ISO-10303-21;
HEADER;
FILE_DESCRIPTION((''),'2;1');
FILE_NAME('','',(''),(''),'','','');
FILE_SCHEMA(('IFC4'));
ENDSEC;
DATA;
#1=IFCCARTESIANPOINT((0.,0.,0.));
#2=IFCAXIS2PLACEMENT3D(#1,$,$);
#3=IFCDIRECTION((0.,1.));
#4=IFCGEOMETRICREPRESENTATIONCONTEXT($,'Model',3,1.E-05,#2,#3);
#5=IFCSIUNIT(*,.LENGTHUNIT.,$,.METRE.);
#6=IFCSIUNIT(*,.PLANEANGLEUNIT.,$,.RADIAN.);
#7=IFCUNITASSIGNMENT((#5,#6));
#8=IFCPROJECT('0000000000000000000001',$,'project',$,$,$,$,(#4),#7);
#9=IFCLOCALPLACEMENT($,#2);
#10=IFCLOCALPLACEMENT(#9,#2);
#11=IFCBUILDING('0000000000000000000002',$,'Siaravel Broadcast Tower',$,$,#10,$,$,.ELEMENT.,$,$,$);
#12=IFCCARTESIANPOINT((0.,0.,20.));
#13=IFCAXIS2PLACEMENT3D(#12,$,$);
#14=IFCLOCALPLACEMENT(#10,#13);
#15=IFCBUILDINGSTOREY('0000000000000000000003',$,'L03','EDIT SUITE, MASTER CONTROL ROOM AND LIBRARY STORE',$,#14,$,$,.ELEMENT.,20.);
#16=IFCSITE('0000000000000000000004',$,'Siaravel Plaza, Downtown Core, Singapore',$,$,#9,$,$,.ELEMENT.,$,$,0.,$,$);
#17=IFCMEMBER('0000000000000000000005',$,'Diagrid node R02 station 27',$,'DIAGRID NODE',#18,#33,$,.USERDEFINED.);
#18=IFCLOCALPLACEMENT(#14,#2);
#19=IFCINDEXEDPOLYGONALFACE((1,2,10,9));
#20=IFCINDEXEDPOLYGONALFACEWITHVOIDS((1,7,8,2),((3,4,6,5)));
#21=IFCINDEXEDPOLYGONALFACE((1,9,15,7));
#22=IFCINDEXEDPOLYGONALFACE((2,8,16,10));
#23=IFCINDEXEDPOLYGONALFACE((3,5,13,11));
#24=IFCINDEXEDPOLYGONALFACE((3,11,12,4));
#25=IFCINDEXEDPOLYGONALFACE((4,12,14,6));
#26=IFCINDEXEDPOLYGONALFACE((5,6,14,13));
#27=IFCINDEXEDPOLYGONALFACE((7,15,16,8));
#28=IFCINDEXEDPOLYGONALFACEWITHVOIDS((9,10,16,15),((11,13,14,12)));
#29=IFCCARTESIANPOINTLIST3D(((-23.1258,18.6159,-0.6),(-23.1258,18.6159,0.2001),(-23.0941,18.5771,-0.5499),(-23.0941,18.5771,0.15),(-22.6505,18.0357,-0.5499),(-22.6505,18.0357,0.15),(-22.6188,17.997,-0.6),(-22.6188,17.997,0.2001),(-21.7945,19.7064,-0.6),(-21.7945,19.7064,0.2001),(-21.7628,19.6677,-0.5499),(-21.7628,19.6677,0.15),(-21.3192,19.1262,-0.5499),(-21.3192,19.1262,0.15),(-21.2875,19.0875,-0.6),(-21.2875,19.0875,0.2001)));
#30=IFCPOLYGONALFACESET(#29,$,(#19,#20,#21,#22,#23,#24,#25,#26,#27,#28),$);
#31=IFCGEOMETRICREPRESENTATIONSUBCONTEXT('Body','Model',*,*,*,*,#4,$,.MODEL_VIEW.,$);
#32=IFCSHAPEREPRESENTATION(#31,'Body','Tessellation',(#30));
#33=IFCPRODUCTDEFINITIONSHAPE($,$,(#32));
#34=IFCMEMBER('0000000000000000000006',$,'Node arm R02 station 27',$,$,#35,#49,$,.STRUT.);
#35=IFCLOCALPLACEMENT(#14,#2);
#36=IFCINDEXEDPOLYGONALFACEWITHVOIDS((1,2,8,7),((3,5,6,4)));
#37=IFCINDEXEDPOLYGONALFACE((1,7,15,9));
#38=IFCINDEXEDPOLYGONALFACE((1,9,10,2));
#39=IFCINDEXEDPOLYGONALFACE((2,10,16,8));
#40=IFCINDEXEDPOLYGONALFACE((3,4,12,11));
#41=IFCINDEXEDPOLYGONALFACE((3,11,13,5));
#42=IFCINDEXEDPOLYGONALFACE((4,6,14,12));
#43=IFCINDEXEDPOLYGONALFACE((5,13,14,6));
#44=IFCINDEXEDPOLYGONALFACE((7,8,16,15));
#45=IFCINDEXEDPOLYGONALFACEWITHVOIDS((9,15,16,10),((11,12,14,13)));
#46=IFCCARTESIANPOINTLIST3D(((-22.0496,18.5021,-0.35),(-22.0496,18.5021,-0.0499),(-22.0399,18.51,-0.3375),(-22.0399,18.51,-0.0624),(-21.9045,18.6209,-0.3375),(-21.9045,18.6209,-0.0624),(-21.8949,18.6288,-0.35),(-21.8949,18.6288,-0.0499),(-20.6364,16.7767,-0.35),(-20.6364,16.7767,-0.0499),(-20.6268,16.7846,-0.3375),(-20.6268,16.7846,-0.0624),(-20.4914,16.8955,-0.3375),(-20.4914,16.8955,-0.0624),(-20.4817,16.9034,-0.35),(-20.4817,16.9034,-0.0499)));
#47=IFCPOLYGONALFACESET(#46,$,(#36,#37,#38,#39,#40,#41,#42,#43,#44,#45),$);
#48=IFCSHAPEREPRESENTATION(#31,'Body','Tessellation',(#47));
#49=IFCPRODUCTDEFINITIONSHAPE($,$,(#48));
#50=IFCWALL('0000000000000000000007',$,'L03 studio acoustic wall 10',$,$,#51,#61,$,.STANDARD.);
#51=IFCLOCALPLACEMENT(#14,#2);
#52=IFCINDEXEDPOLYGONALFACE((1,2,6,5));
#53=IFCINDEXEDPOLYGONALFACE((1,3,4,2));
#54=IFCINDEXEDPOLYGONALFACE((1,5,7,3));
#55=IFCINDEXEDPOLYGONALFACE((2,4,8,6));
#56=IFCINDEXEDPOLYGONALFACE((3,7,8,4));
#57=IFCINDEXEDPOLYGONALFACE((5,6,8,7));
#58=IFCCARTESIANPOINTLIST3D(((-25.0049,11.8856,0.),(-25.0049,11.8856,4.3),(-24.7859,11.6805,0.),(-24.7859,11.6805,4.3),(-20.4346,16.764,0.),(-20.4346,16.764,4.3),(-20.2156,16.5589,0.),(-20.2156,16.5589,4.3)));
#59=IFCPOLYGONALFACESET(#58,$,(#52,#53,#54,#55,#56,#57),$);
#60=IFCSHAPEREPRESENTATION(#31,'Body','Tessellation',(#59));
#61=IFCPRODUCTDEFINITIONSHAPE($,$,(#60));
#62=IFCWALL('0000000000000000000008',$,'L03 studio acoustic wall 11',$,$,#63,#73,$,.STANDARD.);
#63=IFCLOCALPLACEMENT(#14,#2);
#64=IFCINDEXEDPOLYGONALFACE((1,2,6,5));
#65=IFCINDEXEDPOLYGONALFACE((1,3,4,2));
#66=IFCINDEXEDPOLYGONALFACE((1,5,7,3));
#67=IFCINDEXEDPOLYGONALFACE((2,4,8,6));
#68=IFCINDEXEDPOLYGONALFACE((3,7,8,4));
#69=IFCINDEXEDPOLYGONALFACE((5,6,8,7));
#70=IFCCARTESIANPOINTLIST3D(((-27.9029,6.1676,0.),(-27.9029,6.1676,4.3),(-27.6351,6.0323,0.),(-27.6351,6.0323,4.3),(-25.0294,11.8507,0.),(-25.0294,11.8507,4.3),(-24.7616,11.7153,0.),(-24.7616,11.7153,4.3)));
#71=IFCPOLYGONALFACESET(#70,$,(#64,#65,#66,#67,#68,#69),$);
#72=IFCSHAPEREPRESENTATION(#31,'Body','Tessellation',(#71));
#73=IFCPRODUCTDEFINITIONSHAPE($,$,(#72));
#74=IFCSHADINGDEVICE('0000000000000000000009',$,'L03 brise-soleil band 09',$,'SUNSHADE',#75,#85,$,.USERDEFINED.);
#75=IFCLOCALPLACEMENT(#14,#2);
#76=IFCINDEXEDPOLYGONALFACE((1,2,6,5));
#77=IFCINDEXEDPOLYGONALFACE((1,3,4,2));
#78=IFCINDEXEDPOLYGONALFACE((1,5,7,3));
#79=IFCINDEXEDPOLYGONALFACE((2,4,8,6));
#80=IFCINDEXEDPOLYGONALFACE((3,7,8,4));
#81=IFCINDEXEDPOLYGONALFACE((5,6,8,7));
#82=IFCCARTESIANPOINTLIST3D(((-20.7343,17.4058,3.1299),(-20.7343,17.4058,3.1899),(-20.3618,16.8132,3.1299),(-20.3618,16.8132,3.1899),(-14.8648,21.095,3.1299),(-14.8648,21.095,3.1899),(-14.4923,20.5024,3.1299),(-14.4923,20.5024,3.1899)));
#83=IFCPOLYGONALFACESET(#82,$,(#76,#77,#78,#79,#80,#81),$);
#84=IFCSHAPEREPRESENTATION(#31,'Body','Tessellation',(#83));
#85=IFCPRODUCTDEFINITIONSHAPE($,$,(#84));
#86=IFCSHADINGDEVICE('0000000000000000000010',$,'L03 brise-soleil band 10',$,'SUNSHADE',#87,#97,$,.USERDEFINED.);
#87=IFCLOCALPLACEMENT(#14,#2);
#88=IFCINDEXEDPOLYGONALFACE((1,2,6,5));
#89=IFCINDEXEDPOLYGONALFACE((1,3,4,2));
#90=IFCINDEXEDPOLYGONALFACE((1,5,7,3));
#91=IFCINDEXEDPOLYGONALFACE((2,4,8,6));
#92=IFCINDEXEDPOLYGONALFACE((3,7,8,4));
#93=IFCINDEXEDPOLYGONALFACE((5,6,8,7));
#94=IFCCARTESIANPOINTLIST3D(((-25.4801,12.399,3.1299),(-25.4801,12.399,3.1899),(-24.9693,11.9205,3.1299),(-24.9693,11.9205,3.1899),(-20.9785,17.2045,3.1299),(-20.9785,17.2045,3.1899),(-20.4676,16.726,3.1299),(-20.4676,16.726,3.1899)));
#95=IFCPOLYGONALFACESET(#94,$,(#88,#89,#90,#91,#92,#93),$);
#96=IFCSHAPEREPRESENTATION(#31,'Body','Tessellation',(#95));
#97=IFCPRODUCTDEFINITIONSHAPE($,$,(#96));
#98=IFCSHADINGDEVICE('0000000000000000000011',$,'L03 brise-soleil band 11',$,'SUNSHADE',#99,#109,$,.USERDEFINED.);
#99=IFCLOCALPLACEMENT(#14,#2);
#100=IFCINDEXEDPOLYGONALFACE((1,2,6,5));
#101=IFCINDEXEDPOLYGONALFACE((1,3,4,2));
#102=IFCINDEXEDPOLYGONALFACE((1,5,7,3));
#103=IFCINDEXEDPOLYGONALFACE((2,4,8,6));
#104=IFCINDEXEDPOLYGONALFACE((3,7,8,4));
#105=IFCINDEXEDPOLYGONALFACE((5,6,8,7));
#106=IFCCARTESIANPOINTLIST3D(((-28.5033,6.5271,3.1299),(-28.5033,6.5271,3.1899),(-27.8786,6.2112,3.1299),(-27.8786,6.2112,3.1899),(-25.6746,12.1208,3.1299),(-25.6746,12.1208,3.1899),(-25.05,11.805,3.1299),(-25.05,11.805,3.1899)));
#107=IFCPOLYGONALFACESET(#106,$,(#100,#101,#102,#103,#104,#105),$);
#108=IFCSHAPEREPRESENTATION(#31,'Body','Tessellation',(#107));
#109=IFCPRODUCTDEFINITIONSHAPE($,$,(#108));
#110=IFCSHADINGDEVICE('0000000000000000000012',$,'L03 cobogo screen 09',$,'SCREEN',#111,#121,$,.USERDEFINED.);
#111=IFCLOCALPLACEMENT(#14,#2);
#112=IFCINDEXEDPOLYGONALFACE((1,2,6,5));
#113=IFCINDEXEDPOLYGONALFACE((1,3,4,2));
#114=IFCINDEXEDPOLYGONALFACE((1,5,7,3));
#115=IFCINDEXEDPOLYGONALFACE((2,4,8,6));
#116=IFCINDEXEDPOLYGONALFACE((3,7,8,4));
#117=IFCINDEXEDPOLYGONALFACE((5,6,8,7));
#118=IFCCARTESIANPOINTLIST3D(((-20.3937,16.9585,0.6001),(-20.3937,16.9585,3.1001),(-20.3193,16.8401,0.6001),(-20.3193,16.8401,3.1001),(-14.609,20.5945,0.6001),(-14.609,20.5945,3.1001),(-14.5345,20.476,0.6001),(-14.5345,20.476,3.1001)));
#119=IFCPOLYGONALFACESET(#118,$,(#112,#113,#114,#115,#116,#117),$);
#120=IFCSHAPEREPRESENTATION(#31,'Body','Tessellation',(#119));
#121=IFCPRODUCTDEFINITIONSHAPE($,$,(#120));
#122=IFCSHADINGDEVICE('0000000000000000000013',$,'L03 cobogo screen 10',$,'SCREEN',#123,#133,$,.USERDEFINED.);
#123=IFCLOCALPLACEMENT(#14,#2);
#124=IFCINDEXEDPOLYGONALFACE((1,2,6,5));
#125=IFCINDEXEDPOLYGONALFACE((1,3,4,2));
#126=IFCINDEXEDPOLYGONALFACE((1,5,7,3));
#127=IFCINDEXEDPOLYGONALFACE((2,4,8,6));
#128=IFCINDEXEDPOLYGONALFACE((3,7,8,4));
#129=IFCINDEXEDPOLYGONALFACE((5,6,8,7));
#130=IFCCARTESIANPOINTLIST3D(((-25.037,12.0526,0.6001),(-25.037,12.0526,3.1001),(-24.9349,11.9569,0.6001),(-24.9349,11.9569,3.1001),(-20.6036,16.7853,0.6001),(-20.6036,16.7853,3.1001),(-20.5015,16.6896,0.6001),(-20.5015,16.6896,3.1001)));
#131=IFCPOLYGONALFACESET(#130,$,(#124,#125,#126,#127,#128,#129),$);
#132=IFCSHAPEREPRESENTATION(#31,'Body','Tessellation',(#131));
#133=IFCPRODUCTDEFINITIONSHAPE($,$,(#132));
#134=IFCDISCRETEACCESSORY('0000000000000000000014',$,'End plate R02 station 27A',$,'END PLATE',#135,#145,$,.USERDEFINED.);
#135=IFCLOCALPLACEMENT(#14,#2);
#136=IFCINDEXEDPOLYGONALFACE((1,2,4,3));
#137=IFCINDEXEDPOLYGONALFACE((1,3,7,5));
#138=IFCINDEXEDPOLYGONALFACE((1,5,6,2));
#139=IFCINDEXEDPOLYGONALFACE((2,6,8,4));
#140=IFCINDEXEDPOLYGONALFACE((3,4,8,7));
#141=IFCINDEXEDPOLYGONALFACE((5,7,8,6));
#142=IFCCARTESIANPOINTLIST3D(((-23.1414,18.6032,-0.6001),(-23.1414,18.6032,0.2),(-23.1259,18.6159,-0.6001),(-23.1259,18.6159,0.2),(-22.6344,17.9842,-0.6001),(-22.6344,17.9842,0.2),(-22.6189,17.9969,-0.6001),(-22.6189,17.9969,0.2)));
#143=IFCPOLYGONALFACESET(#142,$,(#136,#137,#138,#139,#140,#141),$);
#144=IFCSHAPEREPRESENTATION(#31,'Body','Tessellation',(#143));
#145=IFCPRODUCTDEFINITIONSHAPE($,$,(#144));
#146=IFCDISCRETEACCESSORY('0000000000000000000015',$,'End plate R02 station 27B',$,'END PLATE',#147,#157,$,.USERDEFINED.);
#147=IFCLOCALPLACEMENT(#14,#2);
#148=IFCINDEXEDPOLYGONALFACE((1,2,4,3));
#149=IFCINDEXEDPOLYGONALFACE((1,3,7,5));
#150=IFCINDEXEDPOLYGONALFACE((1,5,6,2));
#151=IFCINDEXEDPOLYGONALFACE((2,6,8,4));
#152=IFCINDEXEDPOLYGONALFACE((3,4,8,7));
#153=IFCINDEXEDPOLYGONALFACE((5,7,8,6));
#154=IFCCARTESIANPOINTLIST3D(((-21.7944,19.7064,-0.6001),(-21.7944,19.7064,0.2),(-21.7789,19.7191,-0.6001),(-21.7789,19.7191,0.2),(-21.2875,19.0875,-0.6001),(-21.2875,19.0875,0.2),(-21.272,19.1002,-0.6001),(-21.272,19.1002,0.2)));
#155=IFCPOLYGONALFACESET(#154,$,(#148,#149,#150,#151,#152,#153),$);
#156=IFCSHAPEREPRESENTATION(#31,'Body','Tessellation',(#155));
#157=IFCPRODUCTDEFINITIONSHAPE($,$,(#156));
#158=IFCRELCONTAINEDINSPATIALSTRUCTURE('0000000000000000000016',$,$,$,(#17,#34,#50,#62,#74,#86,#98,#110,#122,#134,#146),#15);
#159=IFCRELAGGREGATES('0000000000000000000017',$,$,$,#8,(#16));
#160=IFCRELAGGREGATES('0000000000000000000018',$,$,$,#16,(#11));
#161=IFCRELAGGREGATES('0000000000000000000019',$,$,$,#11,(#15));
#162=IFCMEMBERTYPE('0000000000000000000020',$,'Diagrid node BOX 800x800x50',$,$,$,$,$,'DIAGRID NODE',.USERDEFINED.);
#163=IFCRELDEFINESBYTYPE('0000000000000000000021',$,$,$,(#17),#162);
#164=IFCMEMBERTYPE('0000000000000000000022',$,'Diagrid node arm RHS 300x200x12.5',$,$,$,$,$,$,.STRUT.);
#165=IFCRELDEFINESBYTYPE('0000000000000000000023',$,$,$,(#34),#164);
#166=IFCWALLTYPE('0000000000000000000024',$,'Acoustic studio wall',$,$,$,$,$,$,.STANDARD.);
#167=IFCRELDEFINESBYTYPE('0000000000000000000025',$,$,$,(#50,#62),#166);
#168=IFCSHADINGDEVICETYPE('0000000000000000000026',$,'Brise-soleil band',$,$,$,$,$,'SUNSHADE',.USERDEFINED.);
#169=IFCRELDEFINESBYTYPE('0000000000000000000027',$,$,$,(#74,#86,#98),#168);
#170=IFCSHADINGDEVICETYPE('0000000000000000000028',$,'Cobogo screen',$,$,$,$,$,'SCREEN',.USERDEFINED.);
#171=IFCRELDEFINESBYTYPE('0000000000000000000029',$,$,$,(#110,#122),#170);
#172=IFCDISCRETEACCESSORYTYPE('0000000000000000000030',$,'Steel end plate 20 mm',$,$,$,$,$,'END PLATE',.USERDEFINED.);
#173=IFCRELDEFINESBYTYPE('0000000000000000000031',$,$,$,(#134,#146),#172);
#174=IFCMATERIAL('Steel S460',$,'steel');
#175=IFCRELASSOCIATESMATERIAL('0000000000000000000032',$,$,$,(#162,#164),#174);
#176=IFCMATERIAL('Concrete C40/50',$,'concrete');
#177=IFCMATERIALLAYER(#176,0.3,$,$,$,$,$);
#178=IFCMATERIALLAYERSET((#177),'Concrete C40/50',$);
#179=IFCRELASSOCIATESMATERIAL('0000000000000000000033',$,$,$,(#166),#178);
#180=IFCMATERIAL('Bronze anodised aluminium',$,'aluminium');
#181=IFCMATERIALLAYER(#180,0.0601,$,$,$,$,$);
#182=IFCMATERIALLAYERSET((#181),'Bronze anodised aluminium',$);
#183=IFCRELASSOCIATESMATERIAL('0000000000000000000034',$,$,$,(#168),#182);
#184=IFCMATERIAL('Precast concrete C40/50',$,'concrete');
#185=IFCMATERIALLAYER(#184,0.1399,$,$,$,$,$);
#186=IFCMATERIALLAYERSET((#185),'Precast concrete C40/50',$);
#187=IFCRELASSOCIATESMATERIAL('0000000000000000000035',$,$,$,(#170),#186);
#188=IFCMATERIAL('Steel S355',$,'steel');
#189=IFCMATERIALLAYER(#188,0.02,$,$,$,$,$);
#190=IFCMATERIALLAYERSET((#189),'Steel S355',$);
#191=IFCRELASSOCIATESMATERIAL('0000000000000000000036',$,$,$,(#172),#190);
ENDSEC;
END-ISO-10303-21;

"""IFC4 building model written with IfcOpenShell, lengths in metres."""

from ifc_helpers import new_model, si_unit, direction, frame, frame_2d, origin, origin_2d, place, context, subcontext, project, spatial, rectangle, hollow_rectangle, extrude, material, layer, layer_set, material_profile, profile_set, type_object, element, save


model = new_model("IFC4")

# Units and contexts
model_context = context("Model", 3, precision=1e-05, world=origin(), true_north=direction((0.0, 1.0)))
body_context = subcontext(model_context, "Body", "Model", "MODEL_VIEW")
ifc_project = project(units=[si_unit("LENGTHUNIT", "METRE"), si_unit("PLANEANGLEUNIT", "RADIAN")], contexts=[model_context])

# Site, building, storey
site_placement = place(None, origin())
site = spatial("IfcSite", under=ifc_project, at=site_placement, Name="Siaravel Plaza, Downtown Core, Singapore", CompositionType="ELEMENT", RefElevation=0.0)
building_placement = place(site_placement, origin())
building = spatial("IfcBuilding", under=site, at=building_placement, Name="Siaravel Broadcast Tower", CompositionType="ELEMENT")
storey_placement = place(building_placement, frame((0.0, 0.0, 20.0)))
storey = spatial("IfcBuildingStorey", under=building, at=storey_placement, Name="L03", Description="EDIT SUITE, MASTER CONTROL ROOM AND LIBRARY STORE", CompositionType="ELEMENT", Elevation=20.0)

# Shared definitions
ifc_material_1 = material(Name="Steel S355", Category="steel")

# Members
ifc_material_2 = material(Name="Steel S460", Category="steel")
ifc_material_profile_1 = material_profile(ifc_material_2, hollow_rectangle(XDim=0.8, YDim=0.8, WallThickness=0.05, at=origin_2d()))
ifc_profile_set_1 = profile_set([ifc_material_profile_1], Name="Steel S460")
member_type_1 = type_object("IfcMemberType", Name="Diagrid node BOX 800x800x50", ElementType="DIAGRID NODE", PredefinedType="USERDEFINED", material=ifc_profile_set_1)
member_1_placement = place(storey_placement, frame((-21.541, 19.397, -0.2), z_axis=(-0.773578, -0.633701, 0.0), x_axis=(0.633701, -0.773578, 0.0)))
element("IfcMember", 1, at=member_1_placement, inside=storey, type_object=member_type_1, Name="Diagrid node R02 station 27", ObjectType="DIAGRID NODE", PredefinedType="USERDEFINED", context=body_context, shape_type="SweptSolid", body=[
    extrude(hollow_rectangle(XDim=0.8, YDim=0.8, WallThickness=0.05, at=origin_2d()), origin(), (0.0, 0.0, 1.0), 1.7209),
])
ifc_material_profile_2 = material_profile(ifc_material_2, hollow_rectangle(XDim=0.2, YDim=0.3, WallThickness=0.0125, at=origin_2d()))
ifc_profile_set_2 = profile_set([ifc_material_profile_2], Name="Steel S460")
member_type_2 = type_object("IfcMemberType", Name="Diagrid node arm RHS 300x200x12.5", PredefinedType="STRUT", material=ifc_profile_set_2)
member_2_placement = place(storey_placement, frame((-20.5591, 16.8401, -0.2), z_axis=(-0.633625, 0.77364, 0.0), x_axis=(-0.77364, -0.633625, 0.0)))
element("IfcMember", 2, at=member_2_placement, inside=storey, type_object=member_type_2, Name="Node arm R02 station 27", PredefinedType="STRUT", context=body_context, shape_type="SweptSolid", body=[
    extrude(hollow_rectangle(XDim=0.2, YDim=0.3, WallThickness=0.0125, at=origin_2d()), origin(), (0.0, 0.0, 1.0), 2.2302),
])

# Walls
ifc_material_3 = material(Name="Concrete C40/50", Category="concrete")
ifc_layer_1 = layer(ifc_material_3, 0.3)
ifc_layer_set_1 = layer_set([ifc_layer_1], Name="Concrete C40/50")
wall_type_1 = type_object("IfcWallType", Name="Acoustic studio wall", PredefinedType="STANDARD", material=ifc_layer_set_1)
wall_1_placement = place(storey_placement, frame((-20.3252, 16.6614, 0.0), z_axis=(0.0, 0.0, 1.0), x_axis=(-0.683686, -0.729776, 0.0)))
element("IfcWall", 3, at=wall_1_placement, inside=storey, type_object=wall_type_1, Name="L03 studio acoustic wall 10", PredefinedType="STANDARD", context=body_context, shape_type="SweptSolid", body=[
    extrude(rectangle(XDim=6.6848, YDim=0.3, at=frame_2d((3.3423, 0.0))), origin(), (0.0, 0.0, 1.0), 4.3),
])
wall_2_placement = place(storey_placement, frame((-24.8955, 11.783, 0.0), z_axis=(0.0, 0.0, 1.0), x_axis=(-0.451227, -0.892409, 0.0)))
element("IfcWall", 4, at=wall_2_placement, inside=storey, type_object=wall_type_1, Name="L03 studio acoustic wall 11", PredefinedType="STANDARD", context=body_context, shape_type="SweptSolid", body=[
    extrude(rectangle(XDim=6.3682, YDim=0.3, at=frame_2d((3.1841, 0.0))), origin(), (0.0, 0.0, 1.0), 4.3),
])

# Shading devices
ifc_material_4 = material(Name="Bronze anodised aluminium", Category="aluminium")
ifc_layer_2 = layer(ifc_material_4, 0.0601)
ifc_layer_set_2 = layer_set([ifc_layer_2], Name="Bronze anodised aluminium")
shading_device_type_1 = type_object("IfcShadingDeviceType", Name="Brise-soleil band", ElementType="SUNSHADE", PredefinedType="USERDEFINED", material=ifc_layer_set_2)
shading_device_1_placement = place(storey_placement, frame((-17.6133, 18.9541, 3.1299), z_axis=(0.0, 0.0, 1.0), x_axis=(-0.846651, -0.532148, 0.0)))
element("IfcShadingDevice", 5, at=shading_device_1_placement, inside=storey, type_object=shading_device_type_1, Name="L03 brise-soleil band 09", ObjectType="SUNSHADE", PredefinedType="USERDEFINED", context=body_context, shape_type="SweptSolid", body=[
    extrude(rectangle(XDim=6.9326, YDim=0.7, at=origin_2d()), origin(), (0.0, 0.0, 1.0), 0.0601),
])
shading_device_2_placement = place(storey_placement, frame((-22.9739, 14.5625, 3.1299), z_axis=(0.0, 0.0, 1.0), x_axis=(-0.683656, -0.729804, 0.0)))
element("IfcShadingDevice", 6, at=shading_device_2_placement, inside=storey, type_object=shading_device_type_1, Name="L03 brise-soleil band 10", ObjectType="SUNSHADE", PredefinedType="USERDEFINED", context=body_context, shape_type="SweptSolid", body=[
    extrude(rectangle(XDim=6.5847, YDim=0.7, at=origin_2d()), origin(), (0.0, 0.0, 1.0), 0.0601),
])
shading_device_3_placement = place(storey_placement, frame((-26.7766, 9.166, 3.1299), z_axis=(0.0, 0.0, 1.0), x_axis=(-0.451262, -0.892391, 0.0)))
element("IfcShadingDevice", 7, at=shading_device_3_placement, inside=storey, type_object=shading_device_type_1, Name="L03 brise-soleil band 11", ObjectType="SUNSHADE", PredefinedType="USERDEFINED", context=body_context, shape_type="SweptSolid", body=[
    extrude(rectangle(XDim=6.2683, YDim=0.7, at=origin_2d()), origin(), (0.0, 0.0, 1.0), 0.0601),
])
ifc_material_5 = material(Name="Precast concrete C40/50", Category="concrete")
ifc_layer_3 = layer(ifc_material_5, 0.1399)
ifc_layer_set_3 = layer_set([ifc_layer_3], Name="Precast concrete C40/50")
shading_device_type_2 = type_object("IfcShadingDeviceType", Name="Cobogo screen", ElementType="SCREEN", PredefinedType="USERDEFINED", material=ifc_layer_set_3)
shading_device_4_placement = place(storey_placement, frame((-17.4641, 18.7173, 0.6001), z_axis=(0.0, 0.0, 1.0), x_axis=(-0.846651, -0.532148, 0.0)))
element("IfcShadingDevice", 8, at=shading_device_4_placement, inside=storey, type_object=shading_device_type_2, Name="L03 cobogo screen 09", ObjectType="SCREEN", PredefinedType="USERDEFINED", context=body_context, shape_type="SweptSolid", body=[
    extrude(rectangle(XDim=6.8325, YDim=0.1399, at=origin_2d()), origin(), (0.0, 0.0, 1.0), 2.5),
])
shading_device_5_placement = place(storey_placement, frame((-22.7693, 14.3711, 0.6001), z_axis=(0.0, 0.0, 1.0), x_axis=(-0.683656, -0.729804, 0.0)))
element("IfcShadingDevice", 9, at=shading_device_5_placement, inside=storey, type_object=shading_device_type_2, Name="L03 cobogo screen 10", ObjectType="SCREEN", PredefinedType="USERDEFINED", context=body_context, shape_type="SweptSolid", body=[
    extrude(rectangle(XDim=6.4849, YDim=0.1399, at=origin_2d()), origin(), (0.0, 0.0, 1.0), 2.5),
])

# Discrete accessories
ifc_layer_4 = layer(ifc_material_1, 0.02)
ifc_layer_set_4 = layer_set([ifc_layer_4], Name="Steel S355")
discrete_accessory_type = type_object("IfcDiscreteAccessoryType", Name="Steel end plate 20 mm", ElementType="END PLATE", PredefinedType="USERDEFINED", material=ifc_layer_set_4)
for number, where, z_axis, x_axis, name in (
    (10, (-22.8801, 18.3, -0.6001), (0.0, 0.0, 1.0), (-0.773605, -0.633669, 0.0), "End plate R02 station 27A"),
    (11, (-21.5332, 19.4033, -0.6001), (0.0, 0.0, 1.0), (-0.773605, -0.633669, 0.0), "End plate R02 station 27B"),
):
    element("IfcDiscreteAccessory", number, at=place(storey_placement, frame(where, z_axis=z_axis, x_axis=x_axis)), inside=storey, type_object=discrete_accessory_type, Name=name, ObjectType="END PLATE", PredefinedType="USERDEFINED", context=body_context, shape_type="SweptSolid", body=[
        extrude(rectangle(XDim=0.02, YDim=0.8, at=origin_2d()), origin(), (0.0, 0.0, 1.0), 0.8),
    ])

save(model, "model.ifc")
